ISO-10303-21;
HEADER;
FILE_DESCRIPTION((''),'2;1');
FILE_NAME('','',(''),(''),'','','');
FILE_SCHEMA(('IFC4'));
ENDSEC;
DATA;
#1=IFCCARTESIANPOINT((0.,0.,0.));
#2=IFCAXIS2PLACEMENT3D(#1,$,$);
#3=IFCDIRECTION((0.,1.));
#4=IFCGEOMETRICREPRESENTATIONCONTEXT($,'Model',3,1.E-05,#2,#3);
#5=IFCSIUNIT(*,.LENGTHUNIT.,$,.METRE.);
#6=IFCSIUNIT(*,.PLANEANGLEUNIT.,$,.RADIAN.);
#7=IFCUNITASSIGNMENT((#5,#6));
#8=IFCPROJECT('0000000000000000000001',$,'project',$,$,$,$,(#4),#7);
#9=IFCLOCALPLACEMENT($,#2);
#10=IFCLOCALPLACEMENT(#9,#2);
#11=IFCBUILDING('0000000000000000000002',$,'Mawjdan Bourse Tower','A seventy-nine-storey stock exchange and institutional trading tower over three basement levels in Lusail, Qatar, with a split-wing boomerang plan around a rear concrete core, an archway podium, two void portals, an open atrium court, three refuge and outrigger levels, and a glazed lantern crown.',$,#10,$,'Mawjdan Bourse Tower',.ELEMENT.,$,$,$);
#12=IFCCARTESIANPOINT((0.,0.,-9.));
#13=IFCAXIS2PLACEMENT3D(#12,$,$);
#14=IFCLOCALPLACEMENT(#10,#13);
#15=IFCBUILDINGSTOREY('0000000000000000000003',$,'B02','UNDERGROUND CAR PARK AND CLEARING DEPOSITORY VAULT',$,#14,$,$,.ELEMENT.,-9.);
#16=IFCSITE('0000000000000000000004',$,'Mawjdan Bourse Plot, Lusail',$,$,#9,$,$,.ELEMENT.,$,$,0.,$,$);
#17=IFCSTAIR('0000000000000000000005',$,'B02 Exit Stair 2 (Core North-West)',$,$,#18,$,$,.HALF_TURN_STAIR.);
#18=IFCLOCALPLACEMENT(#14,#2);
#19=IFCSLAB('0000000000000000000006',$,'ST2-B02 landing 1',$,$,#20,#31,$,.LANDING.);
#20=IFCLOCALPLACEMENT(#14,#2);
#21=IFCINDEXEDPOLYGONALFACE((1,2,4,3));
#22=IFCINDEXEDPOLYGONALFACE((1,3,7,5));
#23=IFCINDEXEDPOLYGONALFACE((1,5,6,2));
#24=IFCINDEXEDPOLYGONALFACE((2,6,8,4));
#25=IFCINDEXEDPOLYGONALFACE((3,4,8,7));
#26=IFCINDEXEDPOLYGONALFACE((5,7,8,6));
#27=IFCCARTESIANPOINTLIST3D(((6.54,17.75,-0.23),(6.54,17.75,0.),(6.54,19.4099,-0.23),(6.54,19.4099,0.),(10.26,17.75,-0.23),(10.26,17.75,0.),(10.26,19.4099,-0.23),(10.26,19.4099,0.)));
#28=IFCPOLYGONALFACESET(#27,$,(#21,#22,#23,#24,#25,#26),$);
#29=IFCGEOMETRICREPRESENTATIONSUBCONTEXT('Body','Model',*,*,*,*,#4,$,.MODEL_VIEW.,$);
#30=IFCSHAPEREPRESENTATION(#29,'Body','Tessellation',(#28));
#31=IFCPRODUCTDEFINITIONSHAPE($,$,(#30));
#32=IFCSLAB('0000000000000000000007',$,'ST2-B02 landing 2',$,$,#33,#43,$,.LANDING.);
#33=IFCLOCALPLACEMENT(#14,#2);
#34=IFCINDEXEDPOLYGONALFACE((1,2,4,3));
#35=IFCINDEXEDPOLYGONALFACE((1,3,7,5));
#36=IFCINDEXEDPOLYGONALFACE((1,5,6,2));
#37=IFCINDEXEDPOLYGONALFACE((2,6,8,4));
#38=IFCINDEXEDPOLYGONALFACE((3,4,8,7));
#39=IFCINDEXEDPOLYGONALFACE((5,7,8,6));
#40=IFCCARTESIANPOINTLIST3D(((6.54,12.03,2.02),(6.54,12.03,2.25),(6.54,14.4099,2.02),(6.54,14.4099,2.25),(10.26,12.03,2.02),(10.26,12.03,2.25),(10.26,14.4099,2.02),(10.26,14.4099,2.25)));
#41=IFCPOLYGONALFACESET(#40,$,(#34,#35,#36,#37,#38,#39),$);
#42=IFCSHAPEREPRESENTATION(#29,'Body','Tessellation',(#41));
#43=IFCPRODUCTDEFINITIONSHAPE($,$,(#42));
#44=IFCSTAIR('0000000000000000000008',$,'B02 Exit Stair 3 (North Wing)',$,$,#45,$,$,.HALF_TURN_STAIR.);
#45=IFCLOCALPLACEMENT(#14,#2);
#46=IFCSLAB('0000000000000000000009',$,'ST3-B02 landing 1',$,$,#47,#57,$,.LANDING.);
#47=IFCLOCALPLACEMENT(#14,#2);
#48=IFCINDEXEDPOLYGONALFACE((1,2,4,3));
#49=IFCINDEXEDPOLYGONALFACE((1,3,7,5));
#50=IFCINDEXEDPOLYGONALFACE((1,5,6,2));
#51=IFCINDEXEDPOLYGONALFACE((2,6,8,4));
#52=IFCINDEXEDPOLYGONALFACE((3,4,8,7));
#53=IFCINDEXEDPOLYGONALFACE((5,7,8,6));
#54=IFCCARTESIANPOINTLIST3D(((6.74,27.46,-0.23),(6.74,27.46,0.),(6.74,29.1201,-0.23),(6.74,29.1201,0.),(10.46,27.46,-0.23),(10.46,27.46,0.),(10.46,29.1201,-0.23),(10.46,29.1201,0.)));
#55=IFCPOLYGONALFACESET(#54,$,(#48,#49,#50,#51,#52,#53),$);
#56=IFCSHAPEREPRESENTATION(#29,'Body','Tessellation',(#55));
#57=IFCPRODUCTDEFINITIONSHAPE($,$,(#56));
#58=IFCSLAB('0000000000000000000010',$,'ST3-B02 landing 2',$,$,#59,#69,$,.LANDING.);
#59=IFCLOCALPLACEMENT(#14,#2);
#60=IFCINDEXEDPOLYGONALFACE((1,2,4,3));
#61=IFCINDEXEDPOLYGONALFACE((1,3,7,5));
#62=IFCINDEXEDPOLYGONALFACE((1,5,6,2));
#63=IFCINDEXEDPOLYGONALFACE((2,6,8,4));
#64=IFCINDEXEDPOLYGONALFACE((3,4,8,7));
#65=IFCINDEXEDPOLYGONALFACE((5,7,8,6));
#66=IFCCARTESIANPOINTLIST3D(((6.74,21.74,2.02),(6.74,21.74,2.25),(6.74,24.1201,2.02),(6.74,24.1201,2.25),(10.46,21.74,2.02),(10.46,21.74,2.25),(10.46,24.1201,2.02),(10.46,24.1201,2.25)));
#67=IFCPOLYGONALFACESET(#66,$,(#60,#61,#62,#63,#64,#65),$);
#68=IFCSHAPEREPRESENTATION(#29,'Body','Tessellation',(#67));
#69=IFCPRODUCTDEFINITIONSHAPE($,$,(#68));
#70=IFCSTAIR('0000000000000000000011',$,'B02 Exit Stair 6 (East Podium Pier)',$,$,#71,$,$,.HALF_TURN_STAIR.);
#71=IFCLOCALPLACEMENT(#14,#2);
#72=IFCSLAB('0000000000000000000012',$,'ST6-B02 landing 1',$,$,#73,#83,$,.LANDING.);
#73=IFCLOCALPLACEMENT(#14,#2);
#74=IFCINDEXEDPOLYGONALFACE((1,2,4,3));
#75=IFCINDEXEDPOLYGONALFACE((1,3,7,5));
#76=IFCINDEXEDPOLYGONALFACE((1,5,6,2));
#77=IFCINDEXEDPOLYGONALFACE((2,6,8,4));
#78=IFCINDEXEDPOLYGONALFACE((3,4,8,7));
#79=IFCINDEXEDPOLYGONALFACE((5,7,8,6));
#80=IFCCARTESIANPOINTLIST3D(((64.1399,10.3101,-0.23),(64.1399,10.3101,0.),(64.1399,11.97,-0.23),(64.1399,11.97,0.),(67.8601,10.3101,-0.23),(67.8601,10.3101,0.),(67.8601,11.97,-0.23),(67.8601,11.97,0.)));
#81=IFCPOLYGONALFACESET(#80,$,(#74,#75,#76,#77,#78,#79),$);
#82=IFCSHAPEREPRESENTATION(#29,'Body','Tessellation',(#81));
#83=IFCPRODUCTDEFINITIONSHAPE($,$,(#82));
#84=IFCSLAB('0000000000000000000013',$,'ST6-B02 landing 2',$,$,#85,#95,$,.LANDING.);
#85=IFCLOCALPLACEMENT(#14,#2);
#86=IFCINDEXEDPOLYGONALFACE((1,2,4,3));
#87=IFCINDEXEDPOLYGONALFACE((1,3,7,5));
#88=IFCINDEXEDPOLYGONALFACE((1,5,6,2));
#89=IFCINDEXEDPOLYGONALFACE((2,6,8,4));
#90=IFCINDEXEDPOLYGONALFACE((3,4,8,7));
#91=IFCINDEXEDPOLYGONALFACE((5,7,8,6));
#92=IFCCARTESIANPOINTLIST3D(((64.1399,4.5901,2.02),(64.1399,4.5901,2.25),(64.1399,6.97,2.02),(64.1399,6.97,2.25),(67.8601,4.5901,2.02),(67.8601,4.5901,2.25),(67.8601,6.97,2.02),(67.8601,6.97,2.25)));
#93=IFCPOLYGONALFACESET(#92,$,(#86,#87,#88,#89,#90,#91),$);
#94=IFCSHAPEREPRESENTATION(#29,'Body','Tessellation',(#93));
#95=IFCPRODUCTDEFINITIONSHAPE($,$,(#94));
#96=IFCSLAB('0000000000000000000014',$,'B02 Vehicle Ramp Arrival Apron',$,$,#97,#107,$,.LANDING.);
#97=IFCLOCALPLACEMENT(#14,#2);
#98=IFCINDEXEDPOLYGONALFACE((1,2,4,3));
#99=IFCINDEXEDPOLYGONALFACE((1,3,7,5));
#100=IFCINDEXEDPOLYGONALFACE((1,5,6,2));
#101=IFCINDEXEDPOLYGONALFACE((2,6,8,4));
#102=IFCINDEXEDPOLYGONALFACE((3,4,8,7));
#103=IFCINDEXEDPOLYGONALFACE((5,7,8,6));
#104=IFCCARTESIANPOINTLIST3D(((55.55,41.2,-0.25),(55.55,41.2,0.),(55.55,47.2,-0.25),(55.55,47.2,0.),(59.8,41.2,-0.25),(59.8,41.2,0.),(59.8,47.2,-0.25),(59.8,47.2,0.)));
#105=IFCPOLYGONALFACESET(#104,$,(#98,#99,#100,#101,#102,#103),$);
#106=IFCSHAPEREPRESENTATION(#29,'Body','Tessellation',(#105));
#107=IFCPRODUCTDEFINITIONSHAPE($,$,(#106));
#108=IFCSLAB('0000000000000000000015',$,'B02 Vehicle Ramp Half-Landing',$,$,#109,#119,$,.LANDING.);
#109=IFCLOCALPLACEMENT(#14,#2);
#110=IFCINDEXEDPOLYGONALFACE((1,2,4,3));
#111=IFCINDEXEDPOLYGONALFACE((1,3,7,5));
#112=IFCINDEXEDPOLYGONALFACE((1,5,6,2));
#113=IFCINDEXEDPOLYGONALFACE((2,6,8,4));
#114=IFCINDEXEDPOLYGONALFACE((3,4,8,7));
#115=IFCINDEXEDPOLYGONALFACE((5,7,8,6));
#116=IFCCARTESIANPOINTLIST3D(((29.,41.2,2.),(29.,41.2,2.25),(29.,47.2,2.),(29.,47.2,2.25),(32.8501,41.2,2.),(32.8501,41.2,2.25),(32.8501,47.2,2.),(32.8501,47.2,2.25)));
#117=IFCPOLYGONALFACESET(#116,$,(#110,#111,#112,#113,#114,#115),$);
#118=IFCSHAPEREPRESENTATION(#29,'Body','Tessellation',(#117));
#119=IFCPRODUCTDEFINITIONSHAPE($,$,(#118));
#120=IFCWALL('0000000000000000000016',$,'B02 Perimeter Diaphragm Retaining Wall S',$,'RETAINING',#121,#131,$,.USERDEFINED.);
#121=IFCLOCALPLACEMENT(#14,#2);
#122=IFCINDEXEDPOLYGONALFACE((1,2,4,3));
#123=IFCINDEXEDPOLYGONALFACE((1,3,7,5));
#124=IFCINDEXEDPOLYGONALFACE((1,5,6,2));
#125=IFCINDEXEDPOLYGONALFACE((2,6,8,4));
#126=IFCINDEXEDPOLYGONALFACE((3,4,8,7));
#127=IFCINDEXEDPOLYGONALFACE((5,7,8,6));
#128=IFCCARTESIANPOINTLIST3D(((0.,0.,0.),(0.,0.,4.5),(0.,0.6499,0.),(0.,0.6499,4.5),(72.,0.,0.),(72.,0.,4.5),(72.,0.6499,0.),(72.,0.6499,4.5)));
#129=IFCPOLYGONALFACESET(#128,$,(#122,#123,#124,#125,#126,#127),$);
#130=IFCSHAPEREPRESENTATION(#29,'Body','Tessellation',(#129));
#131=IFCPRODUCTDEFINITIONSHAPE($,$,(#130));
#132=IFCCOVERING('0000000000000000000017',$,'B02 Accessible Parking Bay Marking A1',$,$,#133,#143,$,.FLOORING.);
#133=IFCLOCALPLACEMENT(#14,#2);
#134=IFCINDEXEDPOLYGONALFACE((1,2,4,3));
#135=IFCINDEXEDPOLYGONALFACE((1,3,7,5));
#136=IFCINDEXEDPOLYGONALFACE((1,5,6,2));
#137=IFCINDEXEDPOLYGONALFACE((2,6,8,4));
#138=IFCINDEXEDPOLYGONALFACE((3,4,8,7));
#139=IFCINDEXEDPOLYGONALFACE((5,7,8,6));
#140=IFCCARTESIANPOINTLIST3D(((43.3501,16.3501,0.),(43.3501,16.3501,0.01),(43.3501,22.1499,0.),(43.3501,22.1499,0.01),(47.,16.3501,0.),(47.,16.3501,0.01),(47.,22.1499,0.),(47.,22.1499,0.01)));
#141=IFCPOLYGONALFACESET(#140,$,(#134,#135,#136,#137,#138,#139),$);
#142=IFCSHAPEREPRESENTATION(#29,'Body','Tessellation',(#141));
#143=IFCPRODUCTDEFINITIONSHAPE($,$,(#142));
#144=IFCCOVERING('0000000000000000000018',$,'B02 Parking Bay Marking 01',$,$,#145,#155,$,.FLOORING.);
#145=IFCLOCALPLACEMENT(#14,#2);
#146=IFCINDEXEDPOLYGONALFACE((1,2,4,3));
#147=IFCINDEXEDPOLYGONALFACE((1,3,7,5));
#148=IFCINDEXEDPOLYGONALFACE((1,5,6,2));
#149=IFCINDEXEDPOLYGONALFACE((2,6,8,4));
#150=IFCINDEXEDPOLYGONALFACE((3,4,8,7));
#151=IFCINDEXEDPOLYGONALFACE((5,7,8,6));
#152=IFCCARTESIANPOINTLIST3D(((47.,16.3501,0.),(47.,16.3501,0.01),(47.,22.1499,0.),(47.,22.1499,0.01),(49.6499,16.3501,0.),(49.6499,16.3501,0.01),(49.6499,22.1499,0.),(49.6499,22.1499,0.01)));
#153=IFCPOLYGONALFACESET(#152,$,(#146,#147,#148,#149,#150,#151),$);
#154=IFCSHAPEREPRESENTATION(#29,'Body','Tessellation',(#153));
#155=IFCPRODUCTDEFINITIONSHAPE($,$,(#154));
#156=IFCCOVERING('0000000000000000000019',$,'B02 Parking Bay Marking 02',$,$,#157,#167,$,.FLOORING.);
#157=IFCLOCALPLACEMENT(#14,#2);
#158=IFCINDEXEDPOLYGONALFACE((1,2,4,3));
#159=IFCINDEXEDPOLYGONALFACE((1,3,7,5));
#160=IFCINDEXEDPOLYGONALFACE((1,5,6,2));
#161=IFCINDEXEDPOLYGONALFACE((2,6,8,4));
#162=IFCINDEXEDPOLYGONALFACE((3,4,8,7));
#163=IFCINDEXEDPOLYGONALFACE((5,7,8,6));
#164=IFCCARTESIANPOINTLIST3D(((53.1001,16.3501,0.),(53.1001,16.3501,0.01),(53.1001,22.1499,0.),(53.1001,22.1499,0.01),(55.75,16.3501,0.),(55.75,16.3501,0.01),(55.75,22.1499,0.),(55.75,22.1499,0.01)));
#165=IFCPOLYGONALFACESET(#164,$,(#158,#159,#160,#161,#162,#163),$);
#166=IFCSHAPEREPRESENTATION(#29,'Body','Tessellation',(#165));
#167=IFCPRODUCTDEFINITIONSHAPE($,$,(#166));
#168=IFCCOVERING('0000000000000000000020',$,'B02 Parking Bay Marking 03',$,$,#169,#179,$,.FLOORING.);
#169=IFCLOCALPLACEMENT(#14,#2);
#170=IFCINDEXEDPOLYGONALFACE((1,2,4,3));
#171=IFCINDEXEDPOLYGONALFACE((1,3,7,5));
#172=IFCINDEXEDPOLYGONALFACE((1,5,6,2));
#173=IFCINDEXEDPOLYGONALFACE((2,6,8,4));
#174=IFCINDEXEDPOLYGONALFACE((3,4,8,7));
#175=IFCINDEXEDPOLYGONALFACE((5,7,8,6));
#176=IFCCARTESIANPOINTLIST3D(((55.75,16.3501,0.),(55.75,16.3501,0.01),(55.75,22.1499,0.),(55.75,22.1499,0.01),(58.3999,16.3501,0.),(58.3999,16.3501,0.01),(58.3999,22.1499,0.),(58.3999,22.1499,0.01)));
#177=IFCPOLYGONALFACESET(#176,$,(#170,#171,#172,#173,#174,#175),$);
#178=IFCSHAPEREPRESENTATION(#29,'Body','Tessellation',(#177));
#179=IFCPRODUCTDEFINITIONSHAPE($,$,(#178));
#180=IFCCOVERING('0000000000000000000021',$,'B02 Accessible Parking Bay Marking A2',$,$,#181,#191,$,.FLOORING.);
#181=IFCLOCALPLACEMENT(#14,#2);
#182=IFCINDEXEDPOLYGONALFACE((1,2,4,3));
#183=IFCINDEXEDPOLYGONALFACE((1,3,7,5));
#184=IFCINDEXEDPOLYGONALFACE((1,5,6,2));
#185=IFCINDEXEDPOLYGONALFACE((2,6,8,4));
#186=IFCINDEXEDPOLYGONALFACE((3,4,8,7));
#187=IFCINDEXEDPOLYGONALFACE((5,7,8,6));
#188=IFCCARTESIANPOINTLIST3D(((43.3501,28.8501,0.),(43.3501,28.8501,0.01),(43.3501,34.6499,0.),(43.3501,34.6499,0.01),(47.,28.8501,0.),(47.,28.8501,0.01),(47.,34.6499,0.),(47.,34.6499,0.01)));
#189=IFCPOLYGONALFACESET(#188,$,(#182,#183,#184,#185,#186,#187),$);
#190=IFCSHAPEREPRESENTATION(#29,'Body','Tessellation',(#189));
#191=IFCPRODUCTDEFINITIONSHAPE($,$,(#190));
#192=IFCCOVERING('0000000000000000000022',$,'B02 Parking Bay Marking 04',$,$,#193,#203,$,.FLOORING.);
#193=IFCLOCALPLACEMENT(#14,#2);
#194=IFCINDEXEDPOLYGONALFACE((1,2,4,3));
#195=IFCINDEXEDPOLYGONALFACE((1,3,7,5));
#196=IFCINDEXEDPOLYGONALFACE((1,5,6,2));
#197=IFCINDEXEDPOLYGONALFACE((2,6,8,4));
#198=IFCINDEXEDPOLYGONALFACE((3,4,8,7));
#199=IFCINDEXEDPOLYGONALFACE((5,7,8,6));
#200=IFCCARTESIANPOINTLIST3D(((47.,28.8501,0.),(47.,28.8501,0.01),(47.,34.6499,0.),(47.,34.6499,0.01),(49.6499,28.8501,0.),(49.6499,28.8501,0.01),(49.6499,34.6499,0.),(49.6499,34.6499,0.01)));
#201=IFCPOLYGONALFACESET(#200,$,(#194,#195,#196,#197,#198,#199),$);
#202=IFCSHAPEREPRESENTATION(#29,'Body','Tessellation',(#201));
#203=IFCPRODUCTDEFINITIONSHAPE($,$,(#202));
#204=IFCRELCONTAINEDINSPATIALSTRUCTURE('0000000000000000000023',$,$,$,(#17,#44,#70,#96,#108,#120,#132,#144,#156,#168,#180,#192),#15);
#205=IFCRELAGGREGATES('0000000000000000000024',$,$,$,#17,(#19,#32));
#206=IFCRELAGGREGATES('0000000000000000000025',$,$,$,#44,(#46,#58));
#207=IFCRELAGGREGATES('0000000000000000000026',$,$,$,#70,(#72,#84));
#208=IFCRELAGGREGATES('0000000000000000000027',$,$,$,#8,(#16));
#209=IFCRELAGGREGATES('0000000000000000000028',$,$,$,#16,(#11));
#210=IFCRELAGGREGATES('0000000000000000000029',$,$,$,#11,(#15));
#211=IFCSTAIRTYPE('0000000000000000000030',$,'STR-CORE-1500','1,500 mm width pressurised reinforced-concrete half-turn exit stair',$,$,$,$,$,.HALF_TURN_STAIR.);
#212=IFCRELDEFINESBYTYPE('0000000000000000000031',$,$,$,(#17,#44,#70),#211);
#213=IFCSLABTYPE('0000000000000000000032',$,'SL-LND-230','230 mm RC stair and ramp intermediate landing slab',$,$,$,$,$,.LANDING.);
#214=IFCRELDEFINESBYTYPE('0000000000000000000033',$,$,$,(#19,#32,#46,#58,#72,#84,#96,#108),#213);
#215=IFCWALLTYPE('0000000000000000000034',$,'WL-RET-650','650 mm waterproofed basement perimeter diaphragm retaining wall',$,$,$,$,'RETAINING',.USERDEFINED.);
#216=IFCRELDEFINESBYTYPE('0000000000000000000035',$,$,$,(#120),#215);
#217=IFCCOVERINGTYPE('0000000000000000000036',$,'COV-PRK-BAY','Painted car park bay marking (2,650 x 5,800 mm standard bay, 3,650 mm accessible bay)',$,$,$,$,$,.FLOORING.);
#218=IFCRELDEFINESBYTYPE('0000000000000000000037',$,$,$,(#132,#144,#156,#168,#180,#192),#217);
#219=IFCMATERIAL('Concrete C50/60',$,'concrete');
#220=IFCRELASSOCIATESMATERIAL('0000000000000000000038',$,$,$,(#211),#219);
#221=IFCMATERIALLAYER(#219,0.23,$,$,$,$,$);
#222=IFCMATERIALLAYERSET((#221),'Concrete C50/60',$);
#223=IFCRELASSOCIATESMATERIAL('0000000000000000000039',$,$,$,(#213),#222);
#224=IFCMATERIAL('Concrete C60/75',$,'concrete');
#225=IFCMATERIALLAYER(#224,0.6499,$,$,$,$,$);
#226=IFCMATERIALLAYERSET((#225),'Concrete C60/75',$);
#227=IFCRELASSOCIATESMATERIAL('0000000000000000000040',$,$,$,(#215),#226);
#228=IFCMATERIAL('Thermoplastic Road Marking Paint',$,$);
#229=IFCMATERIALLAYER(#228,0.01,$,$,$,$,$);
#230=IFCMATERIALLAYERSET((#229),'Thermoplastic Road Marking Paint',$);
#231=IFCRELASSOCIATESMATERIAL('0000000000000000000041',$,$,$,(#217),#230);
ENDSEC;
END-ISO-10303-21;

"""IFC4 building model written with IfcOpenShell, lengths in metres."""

from ifc_helpers import new_model, si_unit, direction, frame, frame_2d, origin, place, context, subcontext, project, spatial, polyline, rectangle, outline, extrude, material, layer, layer_set, type_object, element, aggregate, save


model = new_model("IFC4")

# Units and contexts
model_context = context("Model", 3, precision=1e-05, world=origin(), true_north=direction((0.0, 1.0)))
body_context = subcontext(model_context, "Body", "Model", "MODEL_VIEW")
ifc_project = project(units=[si_unit("LENGTHUNIT", "METRE"), si_unit("PLANEANGLEUNIT", "RADIAN")], contexts=[model_context])

# Site, building, storey
site_placement = place(None, origin())
site = spatial("IfcSite", under=ifc_project, at=site_placement, Name="Mawjdan Bourse Plot, Lusail", CompositionType="ELEMENT", RefElevation=0.0)
building_placement = place(site_placement, origin())
building = spatial("IfcBuilding", under=site, at=building_placement, Name="Mawjdan Bourse Tower", Description="A seventy-nine-storey stock exchange and institutional trading tower over three basement levels in Lusail, Qatar, with a split-wing boomerang plan around a rear concrete core, an archway podium, two void portals, an open atrium court, three refuge and outrigger levels, and a glazed lantern crown.", LongName="Mawjdan Bourse Tower", CompositionType="ELEMENT")
storey_placement = place(building_placement, frame((0.0, 0.0, -9.0)))
storey = spatial("IfcBuildingStorey", under=building, at=storey_placement, Name="B02", Description="UNDERGROUND CAR PARK AND CLEARING DEPOSITORY VAULT", CompositionType="ELEMENT", Elevation=-9.0)

# Shared definitions
ifc_material_1 = material(Name="Concrete C60/75", Category="concrete")

# Shared definitions
ifc_material_2 = material(Name="Concrete C50/60", Category="concrete")

# Stairs, slabs
stair_type = type_object("IfcStairType", Name="STR-CORE-1500", Description="1,500 mm width pressurised reinforced-concrete half-turn exit stair", PredefinedType="HALF_TURN_STAIR", material=ifc_material_2)
ifc_layer_1 = layer(ifc_material_2, 0.23)
ifc_layer_set_1 = layer_set([ifc_layer_1], Name="Concrete C50/60")
slab_type_1 = type_object("IfcSlabType", Name="SL-LND-230", Description="230 mm RC stair and ramp intermediate landing slab", PredefinedType="LANDING", material=ifc_layer_set_1)
stair_1_placement = place(storey_placement, origin())
stair_1 = element("IfcStair", 1, at=stair_1_placement, inside=storey, type_object=stair_type, Name="B02 Exit Stair 2 (Core North-West)", PredefinedType="HALF_TURN_STAIR")
slab_1_placement = place(storey_placement, frame((0.0, 0.0, -0.23)))
slab_1 = element("IfcSlab", 2, at=slab_1_placement, type_object=slab_type_1, Name="ST2-B02 landing 1", PredefinedType="LANDING", context=body_context, shape_type="SweptSolid", body=[
    extrude(outline(polyline([(6.54, 17.75), (10.26, 17.75), (10.26, 19.4099), (6.54, 19.4099), (6.54, 17.75)])), origin(), (0.0, 0.0, 1.0), 0.23),
])
slab_2_placement = place(storey_placement, frame((0.0, 0.0, 2.02)))
slab_2 = element("IfcSlab", 3, at=slab_2_placement, type_object=slab_type_1, Name="ST2-B02 landing 2", PredefinedType="LANDING", context=body_context, shape_type="SweptSolid", body=[
    extrude(outline(polyline([(6.54, 12.03), (10.26, 12.03), (10.26, 14.4099), (6.54, 14.4099), (6.54, 12.03)])), origin(), (0.0, 0.0, 1.0), 0.23),
])
aggregate(stair_1, [slab_1, slab_2])
stair_2_placement = place(storey_placement, origin())
stair_2 = element("IfcStair", 4, at=stair_2_placement, inside=storey, type_object=stair_type, Name="B02 Exit Stair 3 (North Wing)", PredefinedType="HALF_TURN_STAIR")
slab_3_placement = place(storey_placement, frame((0.0, 0.0, -0.23)))
slab_3 = element("IfcSlab", 5, at=slab_3_placement, type_object=slab_type_1, Name="ST3-B02 landing 1", PredefinedType="LANDING", context=body_context, shape_type="SweptSolid", body=[
    extrude(outline(polyline([(6.74, 27.46), (10.46, 27.46), (10.46, 29.1201), (6.74, 29.1201), (6.74, 27.46)])), origin(), (0.0, 0.0, 1.0), 0.23),
])
slab_4_placement = place(storey_placement, frame((0.0, 0.0, 2.02)))
slab_4 = element("IfcSlab", 6, at=slab_4_placement, type_object=slab_type_1, Name="ST3-B02 landing 2", PredefinedType="LANDING", context=body_context, shape_type="SweptSolid", body=[
    extrude(outline(polyline([(6.74, 21.74), (10.46, 21.74), (10.46, 24.1201), (6.74, 24.1201), (6.74, 21.74)])), origin(), (0.0, 0.0, 1.0), 0.23),
])
aggregate(stair_2, [slab_3, slab_4])
stair_3_placement = place(storey_placement, origin())
stair_3 = element("IfcStair", 7, at=stair_3_placement, inside=storey, type_object=stair_type, Name="B02 Exit Stair 6 (East Podium Pier)", PredefinedType="HALF_TURN_STAIR")
slab_5_placement = place(storey_placement, frame((0.0, 0.0, -0.23)))
slab_5 = element("IfcSlab", 8, at=slab_5_placement, type_object=slab_type_1, Name="ST6-B02 landing 1", PredefinedType="LANDING", context=body_context, shape_type="SweptSolid", body=[
    extrude(outline(polyline([(64.1399, 10.3101), (67.8601, 10.3101), (67.8601, 11.97), (64.1399, 11.97), (64.1399, 10.3101)])), origin(), (0.0, 0.0, 1.0), 0.23),
])
slab_6_placement = place(storey_placement, frame((0.0, 0.0, 2.02)))
slab_6 = element("IfcSlab", 9, at=slab_6_placement, type_object=slab_type_1, Name="ST6-B02 landing 2", PredefinedType="LANDING", context=body_context, shape_type="SweptSolid", body=[
    extrude(outline(polyline([(64.1399, 4.5901), (67.8601, 4.5901), (67.8601, 6.97), (64.1399, 6.97), (64.1399, 4.5901)])), origin(), (0.0, 0.0, 1.0), 0.23),
])
aggregate(stair_3, [slab_5, slab_6])

# Slabs
slab_7_placement = place(storey_placement, frame((0.0, 0.0, -0.25)))
element("IfcSlab", 10, at=slab_7_placement, inside=storey, type_object=slab_type_1, Name="B02 Vehicle Ramp Arrival Apron", PredefinedType="LANDING", context=body_context, shape_type="SweptSolid", body=[
    extrude(outline(polyline([(55.55, 41.2), (59.8, 41.2), (59.8, 47.2), (55.55, 47.2), (55.55, 41.2)])), origin(), (0.0, 0.0, 1.0), 0.25),
])
slab_8_placement = place(storey_placement, frame((0.0, 0.0, 2.0)))
element("IfcSlab", 11, at=slab_8_placement, inside=storey, type_object=slab_type_1, Name="B02 Vehicle Ramp Half-Landing", PredefinedType="LANDING", context=body_context, shape_type="SweptSolid", body=[
    extrude(outline(polyline([(29.0, 41.2), (32.8501, 41.2), (32.8501, 47.2), (29.0, 47.2), (29.0, 41.2)])), origin(), (0.0, 0.0, 1.0), 0.25),
])

# Wall
ifc_layer_2 = layer(ifc_material_1, 0.6499)
ifc_layer_set_2 = layer_set([ifc_layer_2], Name="Concrete C60/75")
wall_type = type_object("IfcWallType", Name="WL-RET-650", Description="650 mm waterproofed basement perimeter diaphragm retaining wall", ElementType="RETAINING", PredefinedType="USERDEFINED", material=ifc_layer_set_2)
wall_placement = place(storey_placement, frame((0.0, 0.325, 0.0), z_axis=(0.0, 0.0, 1.0), x_axis=(1.0, 0.0, 0.0)))
element("IfcWall", 12, at=wall_placement, inside=storey, type_object=wall_type, Name="B02 Perimeter Diaphragm Retaining Wall S", ObjectType="RETAINING", PredefinedType="USERDEFINED", context=body_context, shape_type="SweptSolid", body=[
    extrude(rectangle(XDim=72.0, YDim=0.6499, at=frame_2d((36.0, 0.0))), origin(), (0.0, 0.0, 1.0), 4.5),
])

# Coverings
ifc_material_3 = material(Name="Thermoplastic Road Marking Paint")
ifc_layer_3 = layer(ifc_material_3, 0.01)
ifc_layer_set_3 = layer_set([ifc_layer_3], Name="Thermoplastic Road Marking Paint")
covering_type = type_object("IfcCoveringType", Name="COV-PRK-BAY", Description="Painted car park bay marking (2,650 x 5,800 mm standard bay, 3,650 mm accessible bay)", PredefinedType="FLOORING", material=ifc_layer_set_3)
covering_1_placement = place(storey_placement, origin())
element("IfcCovering", 13, at=covering_1_placement, inside=storey, type_object=covering_type, Name="B02 Accessible Parking Bay Marking A1", PredefinedType="FLOORING", context=body_context, shape_type="SweptSolid", body=[
    extrude(outline(polyline([(43.3501, 16.3501), (47.0, 16.3501), (47.0, 22.1499), (43.3501, 22.1499), (43.3501, 16.3501)])), origin(), (0.0, 0.0, 1.0), 0.01),
])
covering_2_placement = place(storey_placement, origin())
element("IfcCovering", 14, at=covering_2_placement, inside=storey, type_object=covering_type, Name="B02 Parking Bay Marking 01", PredefinedType="FLOORING", context=body_context, shape_type="SweptSolid", body=[
    extrude(outline(polyline([(47.0, 16.3501), (49.6499, 16.3501), (49.6499, 22.1499), (47.0, 22.1499), (47.0, 16.3501)])), origin(), (0.0, 0.0, 1.0), 0.01),
])
covering_3_placement = place(storey_placement, origin())
element("IfcCovering", 15, at=covering_3_placement, inside=storey, type_object=covering_type, Name="B02 Parking Bay Marking 02", PredefinedType="FLOORING", context=body_context, shape_type="SweptSolid", body=[
    extrude(outline(polyline([(53.1001, 16.3501), (55.75, 16.3501), (55.75, 22.1499), (53.1001, 22.1499), (53.1001, 16.3501)])), origin(), (0.0, 0.0, 1.0), 0.01),
])
covering_4_placement = place(storey_placement, origin())
element("IfcCovering", 16, at=covering_4_placement, inside=storey, type_object=covering_type, Name="B02 Parking Bay Marking 03", PredefinedType="FLOORING", context=body_context, shape_type="SweptSolid", body=[
    extrude(outline(polyline([(55.75, 16.3501), (58.3999, 16.3501), (58.3999, 22.1499), (55.75, 22.1499), (55.75, 16.3501)])), origin(), (0.0, 0.0, 1.0), 0.01),
])
covering_5_placement = place(storey_placement, origin())
element("IfcCovering", 17, at=covering_5_placement, inside=storey, type_object=covering_type, Name="B02 Accessible Parking Bay Marking A2", PredefinedType="FLOORING", context=body_context, shape_type="SweptSolid", body=[
    extrude(outline(polyline([(43.3501, 28.8501), (47.0, 28.8501), (47.0, 34.6499), (43.3501, 34.6499), (43.3501, 28.8501)])), origin(), (0.0, 0.0, 1.0), 0.01),
])
covering_6_placement = place(storey_placement, origin())
element("IfcCovering", 18, at=covering_6_placement, inside=storey, type_object=covering_type, Name="B02 Parking Bay Marking 04", PredefinedType="FLOORING", context=body_context, shape_type="SweptSolid", body=[
    extrude(outline(polyline([(47.0, 28.8501), (49.6499, 28.8501), (49.6499, 34.6499), (47.0, 34.6499), (47.0, 28.8501)])), origin(), (0.0, 0.0, 1.0), 0.01),
])

save(model, "model.ifc")
